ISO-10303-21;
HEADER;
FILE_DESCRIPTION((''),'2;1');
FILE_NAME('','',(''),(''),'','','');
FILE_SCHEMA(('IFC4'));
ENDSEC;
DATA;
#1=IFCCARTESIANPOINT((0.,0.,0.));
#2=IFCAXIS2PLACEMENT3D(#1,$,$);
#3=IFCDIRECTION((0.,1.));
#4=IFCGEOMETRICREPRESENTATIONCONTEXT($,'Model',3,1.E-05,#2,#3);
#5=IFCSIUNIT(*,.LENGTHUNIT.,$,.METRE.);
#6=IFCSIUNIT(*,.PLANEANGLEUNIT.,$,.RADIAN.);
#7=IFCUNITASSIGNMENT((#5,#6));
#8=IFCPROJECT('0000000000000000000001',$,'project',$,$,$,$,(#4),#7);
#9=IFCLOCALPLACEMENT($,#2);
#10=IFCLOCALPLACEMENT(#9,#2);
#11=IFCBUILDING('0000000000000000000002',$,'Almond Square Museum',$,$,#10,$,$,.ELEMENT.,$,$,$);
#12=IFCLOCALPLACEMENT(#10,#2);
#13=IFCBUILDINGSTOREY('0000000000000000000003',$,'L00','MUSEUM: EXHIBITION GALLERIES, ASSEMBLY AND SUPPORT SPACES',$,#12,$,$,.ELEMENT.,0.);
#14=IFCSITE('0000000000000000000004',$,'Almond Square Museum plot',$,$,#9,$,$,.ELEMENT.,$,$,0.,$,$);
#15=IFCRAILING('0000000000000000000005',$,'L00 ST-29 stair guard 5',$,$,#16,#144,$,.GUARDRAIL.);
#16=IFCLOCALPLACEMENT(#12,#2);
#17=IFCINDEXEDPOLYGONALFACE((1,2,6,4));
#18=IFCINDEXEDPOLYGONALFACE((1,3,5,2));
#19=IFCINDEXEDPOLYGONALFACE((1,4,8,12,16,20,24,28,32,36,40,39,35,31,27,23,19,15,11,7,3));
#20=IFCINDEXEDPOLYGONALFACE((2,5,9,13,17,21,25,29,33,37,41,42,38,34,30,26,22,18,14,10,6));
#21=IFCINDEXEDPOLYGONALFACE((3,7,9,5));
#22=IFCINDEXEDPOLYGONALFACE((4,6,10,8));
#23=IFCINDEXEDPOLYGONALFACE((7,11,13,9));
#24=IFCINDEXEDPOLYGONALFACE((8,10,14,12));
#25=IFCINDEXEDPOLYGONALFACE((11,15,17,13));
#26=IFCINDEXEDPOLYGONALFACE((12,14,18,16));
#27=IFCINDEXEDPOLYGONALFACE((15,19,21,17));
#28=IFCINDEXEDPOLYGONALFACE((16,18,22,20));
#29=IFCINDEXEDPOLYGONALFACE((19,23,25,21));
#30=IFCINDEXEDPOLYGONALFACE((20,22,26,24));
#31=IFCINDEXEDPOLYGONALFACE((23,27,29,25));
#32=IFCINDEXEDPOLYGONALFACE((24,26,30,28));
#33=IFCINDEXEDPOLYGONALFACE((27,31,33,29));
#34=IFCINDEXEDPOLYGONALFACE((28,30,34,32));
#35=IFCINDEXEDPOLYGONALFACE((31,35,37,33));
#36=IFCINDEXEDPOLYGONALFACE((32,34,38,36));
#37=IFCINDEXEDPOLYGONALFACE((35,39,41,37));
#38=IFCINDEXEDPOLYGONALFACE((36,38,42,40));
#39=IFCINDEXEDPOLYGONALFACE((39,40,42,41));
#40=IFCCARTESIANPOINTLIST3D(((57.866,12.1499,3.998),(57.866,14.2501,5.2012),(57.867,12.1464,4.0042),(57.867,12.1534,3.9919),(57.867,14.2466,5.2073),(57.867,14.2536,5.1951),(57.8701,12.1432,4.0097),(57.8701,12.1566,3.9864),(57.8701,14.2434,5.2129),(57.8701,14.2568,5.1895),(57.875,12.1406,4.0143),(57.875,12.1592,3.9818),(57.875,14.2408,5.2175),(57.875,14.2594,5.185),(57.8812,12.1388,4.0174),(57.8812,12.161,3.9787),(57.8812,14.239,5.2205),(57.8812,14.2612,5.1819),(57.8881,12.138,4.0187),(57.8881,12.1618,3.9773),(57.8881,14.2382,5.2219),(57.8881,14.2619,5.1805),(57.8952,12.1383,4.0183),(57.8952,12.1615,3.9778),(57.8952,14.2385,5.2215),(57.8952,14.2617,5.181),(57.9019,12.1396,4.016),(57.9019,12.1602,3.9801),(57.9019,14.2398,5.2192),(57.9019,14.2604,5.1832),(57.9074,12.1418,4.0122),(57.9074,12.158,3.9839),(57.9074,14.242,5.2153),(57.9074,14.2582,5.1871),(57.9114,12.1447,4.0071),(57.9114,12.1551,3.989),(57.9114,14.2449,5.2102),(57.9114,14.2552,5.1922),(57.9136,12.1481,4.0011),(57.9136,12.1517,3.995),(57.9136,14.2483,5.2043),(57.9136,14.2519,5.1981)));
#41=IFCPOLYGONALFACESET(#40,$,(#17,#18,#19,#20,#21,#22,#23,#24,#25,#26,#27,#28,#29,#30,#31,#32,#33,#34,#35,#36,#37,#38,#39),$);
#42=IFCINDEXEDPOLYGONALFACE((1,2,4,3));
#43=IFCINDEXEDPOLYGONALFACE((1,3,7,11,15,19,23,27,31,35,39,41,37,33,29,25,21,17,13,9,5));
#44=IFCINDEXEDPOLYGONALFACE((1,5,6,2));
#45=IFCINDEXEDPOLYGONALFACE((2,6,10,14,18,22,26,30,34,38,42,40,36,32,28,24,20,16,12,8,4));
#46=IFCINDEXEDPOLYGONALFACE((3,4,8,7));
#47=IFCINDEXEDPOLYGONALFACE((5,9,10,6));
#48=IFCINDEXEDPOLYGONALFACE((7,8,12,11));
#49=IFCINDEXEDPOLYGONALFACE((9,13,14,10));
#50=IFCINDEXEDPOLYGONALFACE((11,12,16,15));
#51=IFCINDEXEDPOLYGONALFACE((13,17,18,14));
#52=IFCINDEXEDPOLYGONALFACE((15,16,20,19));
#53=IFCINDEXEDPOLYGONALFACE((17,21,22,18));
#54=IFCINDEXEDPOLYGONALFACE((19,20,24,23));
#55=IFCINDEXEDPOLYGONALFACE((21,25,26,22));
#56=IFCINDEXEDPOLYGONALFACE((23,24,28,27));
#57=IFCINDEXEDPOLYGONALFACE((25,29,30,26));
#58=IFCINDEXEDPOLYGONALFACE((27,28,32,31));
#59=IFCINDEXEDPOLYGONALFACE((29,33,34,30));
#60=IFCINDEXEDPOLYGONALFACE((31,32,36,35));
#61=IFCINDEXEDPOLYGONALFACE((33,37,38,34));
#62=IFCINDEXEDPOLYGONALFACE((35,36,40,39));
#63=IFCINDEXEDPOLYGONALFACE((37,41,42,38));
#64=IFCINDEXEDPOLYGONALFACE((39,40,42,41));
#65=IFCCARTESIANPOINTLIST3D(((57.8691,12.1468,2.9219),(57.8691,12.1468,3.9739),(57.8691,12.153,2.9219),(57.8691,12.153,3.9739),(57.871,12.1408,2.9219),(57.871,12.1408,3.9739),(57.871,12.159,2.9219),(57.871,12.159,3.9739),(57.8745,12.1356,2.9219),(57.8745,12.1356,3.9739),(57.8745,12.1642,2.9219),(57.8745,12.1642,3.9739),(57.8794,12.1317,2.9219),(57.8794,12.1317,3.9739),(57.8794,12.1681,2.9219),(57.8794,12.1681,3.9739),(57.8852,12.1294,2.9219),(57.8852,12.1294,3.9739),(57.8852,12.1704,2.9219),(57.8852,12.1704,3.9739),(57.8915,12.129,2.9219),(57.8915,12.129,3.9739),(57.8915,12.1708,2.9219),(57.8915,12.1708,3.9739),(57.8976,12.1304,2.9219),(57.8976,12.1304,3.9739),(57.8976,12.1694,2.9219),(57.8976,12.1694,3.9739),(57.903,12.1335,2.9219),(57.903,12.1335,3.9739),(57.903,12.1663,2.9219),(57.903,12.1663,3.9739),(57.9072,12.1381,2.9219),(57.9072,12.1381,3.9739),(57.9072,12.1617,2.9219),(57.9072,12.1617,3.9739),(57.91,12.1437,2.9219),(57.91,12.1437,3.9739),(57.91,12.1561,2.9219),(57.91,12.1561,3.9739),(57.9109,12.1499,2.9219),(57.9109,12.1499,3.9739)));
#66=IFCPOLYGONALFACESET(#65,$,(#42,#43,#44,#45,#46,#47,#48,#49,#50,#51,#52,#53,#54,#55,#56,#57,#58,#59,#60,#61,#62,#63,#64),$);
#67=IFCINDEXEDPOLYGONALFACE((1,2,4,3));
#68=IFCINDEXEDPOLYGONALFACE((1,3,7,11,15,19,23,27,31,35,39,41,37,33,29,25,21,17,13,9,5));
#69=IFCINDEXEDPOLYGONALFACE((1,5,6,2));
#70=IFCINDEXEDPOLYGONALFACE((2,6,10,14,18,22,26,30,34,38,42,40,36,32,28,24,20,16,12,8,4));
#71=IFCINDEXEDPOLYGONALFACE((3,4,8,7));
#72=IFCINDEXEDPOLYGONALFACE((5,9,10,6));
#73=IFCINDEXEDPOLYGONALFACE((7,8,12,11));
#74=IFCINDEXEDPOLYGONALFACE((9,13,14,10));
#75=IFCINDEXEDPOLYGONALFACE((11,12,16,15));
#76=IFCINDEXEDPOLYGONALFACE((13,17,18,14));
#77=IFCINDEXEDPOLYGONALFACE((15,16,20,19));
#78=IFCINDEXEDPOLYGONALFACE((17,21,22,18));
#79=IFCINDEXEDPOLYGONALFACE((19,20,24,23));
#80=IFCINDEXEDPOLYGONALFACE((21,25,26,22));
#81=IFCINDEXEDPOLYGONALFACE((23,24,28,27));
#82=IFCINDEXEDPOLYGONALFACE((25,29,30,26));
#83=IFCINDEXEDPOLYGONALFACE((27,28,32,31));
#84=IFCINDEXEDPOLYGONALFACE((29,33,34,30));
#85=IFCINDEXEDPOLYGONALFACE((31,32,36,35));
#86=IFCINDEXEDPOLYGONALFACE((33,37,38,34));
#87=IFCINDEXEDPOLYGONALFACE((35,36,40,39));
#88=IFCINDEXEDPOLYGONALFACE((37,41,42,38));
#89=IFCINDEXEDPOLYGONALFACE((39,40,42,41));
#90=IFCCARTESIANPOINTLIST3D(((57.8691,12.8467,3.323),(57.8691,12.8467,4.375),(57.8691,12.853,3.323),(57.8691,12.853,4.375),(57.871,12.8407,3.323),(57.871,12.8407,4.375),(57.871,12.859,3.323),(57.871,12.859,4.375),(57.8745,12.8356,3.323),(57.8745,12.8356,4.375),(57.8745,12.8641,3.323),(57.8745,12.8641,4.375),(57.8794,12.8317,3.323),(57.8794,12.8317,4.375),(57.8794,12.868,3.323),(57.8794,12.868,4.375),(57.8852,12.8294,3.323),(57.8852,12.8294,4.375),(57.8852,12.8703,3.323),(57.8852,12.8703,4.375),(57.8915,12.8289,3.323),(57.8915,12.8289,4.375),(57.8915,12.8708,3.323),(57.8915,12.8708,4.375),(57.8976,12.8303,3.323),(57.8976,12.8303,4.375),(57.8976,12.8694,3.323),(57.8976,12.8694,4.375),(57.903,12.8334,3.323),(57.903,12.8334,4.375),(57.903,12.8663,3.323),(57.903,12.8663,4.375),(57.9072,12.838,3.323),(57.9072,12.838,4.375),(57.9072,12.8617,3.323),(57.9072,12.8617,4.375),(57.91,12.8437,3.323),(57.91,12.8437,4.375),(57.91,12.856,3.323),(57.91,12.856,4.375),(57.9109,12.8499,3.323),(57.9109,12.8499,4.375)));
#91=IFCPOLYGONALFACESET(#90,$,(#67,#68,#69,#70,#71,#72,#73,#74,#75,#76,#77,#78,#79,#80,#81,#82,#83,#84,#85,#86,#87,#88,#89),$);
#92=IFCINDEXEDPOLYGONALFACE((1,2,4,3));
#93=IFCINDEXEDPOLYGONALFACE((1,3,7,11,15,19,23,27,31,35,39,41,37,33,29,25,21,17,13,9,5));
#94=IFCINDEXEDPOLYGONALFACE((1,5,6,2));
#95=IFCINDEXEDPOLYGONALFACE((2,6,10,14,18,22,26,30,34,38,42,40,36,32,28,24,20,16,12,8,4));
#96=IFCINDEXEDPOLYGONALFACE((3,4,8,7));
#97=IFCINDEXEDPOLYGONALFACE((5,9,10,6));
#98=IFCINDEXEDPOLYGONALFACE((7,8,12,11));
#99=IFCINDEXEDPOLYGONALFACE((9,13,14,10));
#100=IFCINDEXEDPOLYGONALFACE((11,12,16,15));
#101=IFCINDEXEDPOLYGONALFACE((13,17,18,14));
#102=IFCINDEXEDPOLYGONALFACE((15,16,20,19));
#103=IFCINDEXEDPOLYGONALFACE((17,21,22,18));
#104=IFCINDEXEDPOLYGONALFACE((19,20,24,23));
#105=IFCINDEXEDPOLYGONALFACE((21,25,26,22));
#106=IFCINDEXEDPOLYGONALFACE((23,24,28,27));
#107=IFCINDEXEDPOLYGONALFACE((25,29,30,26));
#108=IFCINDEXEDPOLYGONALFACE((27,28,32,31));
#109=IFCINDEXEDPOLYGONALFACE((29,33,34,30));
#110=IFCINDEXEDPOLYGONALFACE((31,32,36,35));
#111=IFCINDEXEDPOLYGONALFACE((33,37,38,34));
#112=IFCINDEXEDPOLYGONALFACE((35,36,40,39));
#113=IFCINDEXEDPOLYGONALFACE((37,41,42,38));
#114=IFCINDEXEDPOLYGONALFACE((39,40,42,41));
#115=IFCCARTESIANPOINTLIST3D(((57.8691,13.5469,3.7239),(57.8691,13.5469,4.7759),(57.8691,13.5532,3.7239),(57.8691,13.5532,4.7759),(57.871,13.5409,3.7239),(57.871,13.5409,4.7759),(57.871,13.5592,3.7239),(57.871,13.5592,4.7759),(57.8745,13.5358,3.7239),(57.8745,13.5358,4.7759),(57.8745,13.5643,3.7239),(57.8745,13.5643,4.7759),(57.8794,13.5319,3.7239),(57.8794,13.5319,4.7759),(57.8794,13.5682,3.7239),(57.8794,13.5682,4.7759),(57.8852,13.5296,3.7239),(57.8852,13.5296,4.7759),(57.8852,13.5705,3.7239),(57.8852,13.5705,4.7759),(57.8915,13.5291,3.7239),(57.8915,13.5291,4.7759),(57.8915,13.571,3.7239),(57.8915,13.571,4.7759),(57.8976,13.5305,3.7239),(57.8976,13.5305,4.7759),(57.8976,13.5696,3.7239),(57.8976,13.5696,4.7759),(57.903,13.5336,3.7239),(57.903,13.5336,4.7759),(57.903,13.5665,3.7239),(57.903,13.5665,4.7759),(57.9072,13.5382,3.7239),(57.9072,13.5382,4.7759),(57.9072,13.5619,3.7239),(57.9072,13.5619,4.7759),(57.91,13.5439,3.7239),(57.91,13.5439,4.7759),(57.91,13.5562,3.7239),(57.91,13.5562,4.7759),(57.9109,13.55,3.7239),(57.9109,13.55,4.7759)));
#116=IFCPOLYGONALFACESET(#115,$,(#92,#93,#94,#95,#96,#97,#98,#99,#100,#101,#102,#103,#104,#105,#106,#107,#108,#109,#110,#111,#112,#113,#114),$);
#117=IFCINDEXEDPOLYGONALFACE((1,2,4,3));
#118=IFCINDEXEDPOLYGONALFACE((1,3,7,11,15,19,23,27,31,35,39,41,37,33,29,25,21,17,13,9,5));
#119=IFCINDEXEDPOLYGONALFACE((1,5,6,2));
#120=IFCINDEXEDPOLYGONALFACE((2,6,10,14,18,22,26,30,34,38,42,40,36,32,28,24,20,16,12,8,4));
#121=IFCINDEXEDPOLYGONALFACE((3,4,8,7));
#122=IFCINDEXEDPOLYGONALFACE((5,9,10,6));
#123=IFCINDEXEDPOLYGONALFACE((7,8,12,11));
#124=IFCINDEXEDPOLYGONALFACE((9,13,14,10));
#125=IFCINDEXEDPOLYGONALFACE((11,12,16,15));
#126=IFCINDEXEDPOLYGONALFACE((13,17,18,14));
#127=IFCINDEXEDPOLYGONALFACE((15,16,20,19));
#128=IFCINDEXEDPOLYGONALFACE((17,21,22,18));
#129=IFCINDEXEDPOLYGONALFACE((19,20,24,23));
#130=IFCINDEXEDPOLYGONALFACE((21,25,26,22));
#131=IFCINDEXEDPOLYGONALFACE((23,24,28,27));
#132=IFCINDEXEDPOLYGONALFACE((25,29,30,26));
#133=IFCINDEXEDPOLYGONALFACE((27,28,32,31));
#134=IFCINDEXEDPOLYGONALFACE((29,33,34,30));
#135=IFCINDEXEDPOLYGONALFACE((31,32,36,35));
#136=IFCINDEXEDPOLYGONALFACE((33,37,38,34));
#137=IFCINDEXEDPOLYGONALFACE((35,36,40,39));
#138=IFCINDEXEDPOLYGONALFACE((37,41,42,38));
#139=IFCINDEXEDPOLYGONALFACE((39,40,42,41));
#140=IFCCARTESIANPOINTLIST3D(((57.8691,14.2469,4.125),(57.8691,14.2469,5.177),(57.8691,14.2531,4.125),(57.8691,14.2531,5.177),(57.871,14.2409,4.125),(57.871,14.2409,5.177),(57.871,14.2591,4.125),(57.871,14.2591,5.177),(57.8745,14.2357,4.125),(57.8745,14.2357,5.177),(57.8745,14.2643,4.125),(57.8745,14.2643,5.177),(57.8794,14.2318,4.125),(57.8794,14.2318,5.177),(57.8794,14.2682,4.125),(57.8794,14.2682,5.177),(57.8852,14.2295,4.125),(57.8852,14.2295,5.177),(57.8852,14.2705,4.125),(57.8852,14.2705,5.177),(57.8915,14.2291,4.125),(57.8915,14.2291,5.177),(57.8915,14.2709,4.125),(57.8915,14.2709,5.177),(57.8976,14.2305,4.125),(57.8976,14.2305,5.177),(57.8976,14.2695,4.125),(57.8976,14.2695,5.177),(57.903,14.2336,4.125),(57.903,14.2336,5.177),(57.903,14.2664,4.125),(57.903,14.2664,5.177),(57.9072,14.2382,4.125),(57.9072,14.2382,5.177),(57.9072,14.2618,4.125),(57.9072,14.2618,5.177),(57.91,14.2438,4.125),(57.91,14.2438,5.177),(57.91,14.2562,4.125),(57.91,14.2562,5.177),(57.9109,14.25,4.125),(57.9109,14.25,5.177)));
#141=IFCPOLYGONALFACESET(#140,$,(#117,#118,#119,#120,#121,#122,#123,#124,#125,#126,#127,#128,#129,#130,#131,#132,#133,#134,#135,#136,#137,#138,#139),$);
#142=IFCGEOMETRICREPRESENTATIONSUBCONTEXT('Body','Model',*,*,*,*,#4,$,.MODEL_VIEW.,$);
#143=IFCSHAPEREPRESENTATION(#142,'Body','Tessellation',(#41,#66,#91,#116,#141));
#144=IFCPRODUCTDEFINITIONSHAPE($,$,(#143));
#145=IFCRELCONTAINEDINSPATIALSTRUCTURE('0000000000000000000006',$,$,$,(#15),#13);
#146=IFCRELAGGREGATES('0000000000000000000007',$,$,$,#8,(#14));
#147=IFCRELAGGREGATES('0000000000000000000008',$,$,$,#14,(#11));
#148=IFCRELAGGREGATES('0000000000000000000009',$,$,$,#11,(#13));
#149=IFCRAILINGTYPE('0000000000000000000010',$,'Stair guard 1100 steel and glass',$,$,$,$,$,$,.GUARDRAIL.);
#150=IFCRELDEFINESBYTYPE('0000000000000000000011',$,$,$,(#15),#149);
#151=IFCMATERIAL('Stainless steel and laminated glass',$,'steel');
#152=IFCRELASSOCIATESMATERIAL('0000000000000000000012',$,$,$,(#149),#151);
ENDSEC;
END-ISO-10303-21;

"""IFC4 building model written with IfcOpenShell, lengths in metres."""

from ifc_helpers import new_model, si_unit, direction, frame, origin, origin_2d, place, context, subcontext, project, spatial, circle, extrude, material, type_object, element, save


model = new_model("IFC4")

# Units and contexts
model_context = context("Model", 3, precision=1e-05, world=origin(), true_north=direction((0.0, 1.0)))
body_context = subcontext(model_context, "Body", "Model", "MODEL_VIEW")
ifc_project = project(units=[si_unit("LENGTHUNIT", "METRE"), si_unit("PLANEANGLEUNIT", "RADIAN")], contexts=[model_context])

# Site, building, storey
site_placement = place(None, origin())
site = spatial("IfcSite", under=ifc_project, at=site_placement, Name="Almond Square Museum plot", CompositionType="ELEMENT", RefElevation=0.0)
building_placement = place(site_placement, origin())
building = spatial("IfcBuilding", under=site, at=building_placement, Name="Almond Square Museum", CompositionType="ELEMENT")
storey_placement = place(building_placement, origin())
storey = spatial("IfcBuildingStorey", under=building, at=storey_placement, Name="L00", Description="MUSEUM: EXHIBITION GALLERIES, ASSEMBLY AND SUPPORT SPACES", CompositionType="ELEMENT", Elevation=0.0)

# Railing
ifc_material_1 = material(Name="Stainless steel and laminated glass", Category="steel")
railing_type_1 = type_object("IfcRailingType", Name="Stair guard 1100 steel and glass", PredefinedType="GUARDRAIL", material=ifc_material_1)
railing_1_placement = place(storey_placement, frame((57.8899, 12.1499, 2.9219)))
element("IfcRailing", 1, at=railing_1_placement, inside=storey, type_object=railing_type_1, Name="L00 ST-29 stair guard 5", PredefinedType="GUARDRAIL", context=body_context, shape_type="SweptSolid", body=[
    extrude(circle(Radius=0.0239, at=origin_2d()), frame((0.0, 0.0, 1.0762), z_axis=(0.0, 0.867696, 0.497095), x_axis=(-1.0, 0.0, 0.0)), (0.0, 0.0, 1.0), 2.4204),
    extrude(circle(Radius=0.021, at=origin_2d()), origin(), (0.0, 0.0, 1.0), 1.052),
    extrude(circle(Radius=0.021, at=origin_2d()), frame((0.0, 0.7, 0.4011)), (0.0, 0.0, 1.0), 1.052),
    extrude(circle(Radius=0.021, at=origin_2d()), frame((0.0, 1.4001, 0.802)), (0.0, 0.0, 1.0), 1.052),
    extrude(circle(Radius=0.021, at=origin_2d()), frame((0.0, 2.1001, 1.2031)), (0.0, 0.0, 1.0), 1.052),
])

save(model, "model.ifc")
